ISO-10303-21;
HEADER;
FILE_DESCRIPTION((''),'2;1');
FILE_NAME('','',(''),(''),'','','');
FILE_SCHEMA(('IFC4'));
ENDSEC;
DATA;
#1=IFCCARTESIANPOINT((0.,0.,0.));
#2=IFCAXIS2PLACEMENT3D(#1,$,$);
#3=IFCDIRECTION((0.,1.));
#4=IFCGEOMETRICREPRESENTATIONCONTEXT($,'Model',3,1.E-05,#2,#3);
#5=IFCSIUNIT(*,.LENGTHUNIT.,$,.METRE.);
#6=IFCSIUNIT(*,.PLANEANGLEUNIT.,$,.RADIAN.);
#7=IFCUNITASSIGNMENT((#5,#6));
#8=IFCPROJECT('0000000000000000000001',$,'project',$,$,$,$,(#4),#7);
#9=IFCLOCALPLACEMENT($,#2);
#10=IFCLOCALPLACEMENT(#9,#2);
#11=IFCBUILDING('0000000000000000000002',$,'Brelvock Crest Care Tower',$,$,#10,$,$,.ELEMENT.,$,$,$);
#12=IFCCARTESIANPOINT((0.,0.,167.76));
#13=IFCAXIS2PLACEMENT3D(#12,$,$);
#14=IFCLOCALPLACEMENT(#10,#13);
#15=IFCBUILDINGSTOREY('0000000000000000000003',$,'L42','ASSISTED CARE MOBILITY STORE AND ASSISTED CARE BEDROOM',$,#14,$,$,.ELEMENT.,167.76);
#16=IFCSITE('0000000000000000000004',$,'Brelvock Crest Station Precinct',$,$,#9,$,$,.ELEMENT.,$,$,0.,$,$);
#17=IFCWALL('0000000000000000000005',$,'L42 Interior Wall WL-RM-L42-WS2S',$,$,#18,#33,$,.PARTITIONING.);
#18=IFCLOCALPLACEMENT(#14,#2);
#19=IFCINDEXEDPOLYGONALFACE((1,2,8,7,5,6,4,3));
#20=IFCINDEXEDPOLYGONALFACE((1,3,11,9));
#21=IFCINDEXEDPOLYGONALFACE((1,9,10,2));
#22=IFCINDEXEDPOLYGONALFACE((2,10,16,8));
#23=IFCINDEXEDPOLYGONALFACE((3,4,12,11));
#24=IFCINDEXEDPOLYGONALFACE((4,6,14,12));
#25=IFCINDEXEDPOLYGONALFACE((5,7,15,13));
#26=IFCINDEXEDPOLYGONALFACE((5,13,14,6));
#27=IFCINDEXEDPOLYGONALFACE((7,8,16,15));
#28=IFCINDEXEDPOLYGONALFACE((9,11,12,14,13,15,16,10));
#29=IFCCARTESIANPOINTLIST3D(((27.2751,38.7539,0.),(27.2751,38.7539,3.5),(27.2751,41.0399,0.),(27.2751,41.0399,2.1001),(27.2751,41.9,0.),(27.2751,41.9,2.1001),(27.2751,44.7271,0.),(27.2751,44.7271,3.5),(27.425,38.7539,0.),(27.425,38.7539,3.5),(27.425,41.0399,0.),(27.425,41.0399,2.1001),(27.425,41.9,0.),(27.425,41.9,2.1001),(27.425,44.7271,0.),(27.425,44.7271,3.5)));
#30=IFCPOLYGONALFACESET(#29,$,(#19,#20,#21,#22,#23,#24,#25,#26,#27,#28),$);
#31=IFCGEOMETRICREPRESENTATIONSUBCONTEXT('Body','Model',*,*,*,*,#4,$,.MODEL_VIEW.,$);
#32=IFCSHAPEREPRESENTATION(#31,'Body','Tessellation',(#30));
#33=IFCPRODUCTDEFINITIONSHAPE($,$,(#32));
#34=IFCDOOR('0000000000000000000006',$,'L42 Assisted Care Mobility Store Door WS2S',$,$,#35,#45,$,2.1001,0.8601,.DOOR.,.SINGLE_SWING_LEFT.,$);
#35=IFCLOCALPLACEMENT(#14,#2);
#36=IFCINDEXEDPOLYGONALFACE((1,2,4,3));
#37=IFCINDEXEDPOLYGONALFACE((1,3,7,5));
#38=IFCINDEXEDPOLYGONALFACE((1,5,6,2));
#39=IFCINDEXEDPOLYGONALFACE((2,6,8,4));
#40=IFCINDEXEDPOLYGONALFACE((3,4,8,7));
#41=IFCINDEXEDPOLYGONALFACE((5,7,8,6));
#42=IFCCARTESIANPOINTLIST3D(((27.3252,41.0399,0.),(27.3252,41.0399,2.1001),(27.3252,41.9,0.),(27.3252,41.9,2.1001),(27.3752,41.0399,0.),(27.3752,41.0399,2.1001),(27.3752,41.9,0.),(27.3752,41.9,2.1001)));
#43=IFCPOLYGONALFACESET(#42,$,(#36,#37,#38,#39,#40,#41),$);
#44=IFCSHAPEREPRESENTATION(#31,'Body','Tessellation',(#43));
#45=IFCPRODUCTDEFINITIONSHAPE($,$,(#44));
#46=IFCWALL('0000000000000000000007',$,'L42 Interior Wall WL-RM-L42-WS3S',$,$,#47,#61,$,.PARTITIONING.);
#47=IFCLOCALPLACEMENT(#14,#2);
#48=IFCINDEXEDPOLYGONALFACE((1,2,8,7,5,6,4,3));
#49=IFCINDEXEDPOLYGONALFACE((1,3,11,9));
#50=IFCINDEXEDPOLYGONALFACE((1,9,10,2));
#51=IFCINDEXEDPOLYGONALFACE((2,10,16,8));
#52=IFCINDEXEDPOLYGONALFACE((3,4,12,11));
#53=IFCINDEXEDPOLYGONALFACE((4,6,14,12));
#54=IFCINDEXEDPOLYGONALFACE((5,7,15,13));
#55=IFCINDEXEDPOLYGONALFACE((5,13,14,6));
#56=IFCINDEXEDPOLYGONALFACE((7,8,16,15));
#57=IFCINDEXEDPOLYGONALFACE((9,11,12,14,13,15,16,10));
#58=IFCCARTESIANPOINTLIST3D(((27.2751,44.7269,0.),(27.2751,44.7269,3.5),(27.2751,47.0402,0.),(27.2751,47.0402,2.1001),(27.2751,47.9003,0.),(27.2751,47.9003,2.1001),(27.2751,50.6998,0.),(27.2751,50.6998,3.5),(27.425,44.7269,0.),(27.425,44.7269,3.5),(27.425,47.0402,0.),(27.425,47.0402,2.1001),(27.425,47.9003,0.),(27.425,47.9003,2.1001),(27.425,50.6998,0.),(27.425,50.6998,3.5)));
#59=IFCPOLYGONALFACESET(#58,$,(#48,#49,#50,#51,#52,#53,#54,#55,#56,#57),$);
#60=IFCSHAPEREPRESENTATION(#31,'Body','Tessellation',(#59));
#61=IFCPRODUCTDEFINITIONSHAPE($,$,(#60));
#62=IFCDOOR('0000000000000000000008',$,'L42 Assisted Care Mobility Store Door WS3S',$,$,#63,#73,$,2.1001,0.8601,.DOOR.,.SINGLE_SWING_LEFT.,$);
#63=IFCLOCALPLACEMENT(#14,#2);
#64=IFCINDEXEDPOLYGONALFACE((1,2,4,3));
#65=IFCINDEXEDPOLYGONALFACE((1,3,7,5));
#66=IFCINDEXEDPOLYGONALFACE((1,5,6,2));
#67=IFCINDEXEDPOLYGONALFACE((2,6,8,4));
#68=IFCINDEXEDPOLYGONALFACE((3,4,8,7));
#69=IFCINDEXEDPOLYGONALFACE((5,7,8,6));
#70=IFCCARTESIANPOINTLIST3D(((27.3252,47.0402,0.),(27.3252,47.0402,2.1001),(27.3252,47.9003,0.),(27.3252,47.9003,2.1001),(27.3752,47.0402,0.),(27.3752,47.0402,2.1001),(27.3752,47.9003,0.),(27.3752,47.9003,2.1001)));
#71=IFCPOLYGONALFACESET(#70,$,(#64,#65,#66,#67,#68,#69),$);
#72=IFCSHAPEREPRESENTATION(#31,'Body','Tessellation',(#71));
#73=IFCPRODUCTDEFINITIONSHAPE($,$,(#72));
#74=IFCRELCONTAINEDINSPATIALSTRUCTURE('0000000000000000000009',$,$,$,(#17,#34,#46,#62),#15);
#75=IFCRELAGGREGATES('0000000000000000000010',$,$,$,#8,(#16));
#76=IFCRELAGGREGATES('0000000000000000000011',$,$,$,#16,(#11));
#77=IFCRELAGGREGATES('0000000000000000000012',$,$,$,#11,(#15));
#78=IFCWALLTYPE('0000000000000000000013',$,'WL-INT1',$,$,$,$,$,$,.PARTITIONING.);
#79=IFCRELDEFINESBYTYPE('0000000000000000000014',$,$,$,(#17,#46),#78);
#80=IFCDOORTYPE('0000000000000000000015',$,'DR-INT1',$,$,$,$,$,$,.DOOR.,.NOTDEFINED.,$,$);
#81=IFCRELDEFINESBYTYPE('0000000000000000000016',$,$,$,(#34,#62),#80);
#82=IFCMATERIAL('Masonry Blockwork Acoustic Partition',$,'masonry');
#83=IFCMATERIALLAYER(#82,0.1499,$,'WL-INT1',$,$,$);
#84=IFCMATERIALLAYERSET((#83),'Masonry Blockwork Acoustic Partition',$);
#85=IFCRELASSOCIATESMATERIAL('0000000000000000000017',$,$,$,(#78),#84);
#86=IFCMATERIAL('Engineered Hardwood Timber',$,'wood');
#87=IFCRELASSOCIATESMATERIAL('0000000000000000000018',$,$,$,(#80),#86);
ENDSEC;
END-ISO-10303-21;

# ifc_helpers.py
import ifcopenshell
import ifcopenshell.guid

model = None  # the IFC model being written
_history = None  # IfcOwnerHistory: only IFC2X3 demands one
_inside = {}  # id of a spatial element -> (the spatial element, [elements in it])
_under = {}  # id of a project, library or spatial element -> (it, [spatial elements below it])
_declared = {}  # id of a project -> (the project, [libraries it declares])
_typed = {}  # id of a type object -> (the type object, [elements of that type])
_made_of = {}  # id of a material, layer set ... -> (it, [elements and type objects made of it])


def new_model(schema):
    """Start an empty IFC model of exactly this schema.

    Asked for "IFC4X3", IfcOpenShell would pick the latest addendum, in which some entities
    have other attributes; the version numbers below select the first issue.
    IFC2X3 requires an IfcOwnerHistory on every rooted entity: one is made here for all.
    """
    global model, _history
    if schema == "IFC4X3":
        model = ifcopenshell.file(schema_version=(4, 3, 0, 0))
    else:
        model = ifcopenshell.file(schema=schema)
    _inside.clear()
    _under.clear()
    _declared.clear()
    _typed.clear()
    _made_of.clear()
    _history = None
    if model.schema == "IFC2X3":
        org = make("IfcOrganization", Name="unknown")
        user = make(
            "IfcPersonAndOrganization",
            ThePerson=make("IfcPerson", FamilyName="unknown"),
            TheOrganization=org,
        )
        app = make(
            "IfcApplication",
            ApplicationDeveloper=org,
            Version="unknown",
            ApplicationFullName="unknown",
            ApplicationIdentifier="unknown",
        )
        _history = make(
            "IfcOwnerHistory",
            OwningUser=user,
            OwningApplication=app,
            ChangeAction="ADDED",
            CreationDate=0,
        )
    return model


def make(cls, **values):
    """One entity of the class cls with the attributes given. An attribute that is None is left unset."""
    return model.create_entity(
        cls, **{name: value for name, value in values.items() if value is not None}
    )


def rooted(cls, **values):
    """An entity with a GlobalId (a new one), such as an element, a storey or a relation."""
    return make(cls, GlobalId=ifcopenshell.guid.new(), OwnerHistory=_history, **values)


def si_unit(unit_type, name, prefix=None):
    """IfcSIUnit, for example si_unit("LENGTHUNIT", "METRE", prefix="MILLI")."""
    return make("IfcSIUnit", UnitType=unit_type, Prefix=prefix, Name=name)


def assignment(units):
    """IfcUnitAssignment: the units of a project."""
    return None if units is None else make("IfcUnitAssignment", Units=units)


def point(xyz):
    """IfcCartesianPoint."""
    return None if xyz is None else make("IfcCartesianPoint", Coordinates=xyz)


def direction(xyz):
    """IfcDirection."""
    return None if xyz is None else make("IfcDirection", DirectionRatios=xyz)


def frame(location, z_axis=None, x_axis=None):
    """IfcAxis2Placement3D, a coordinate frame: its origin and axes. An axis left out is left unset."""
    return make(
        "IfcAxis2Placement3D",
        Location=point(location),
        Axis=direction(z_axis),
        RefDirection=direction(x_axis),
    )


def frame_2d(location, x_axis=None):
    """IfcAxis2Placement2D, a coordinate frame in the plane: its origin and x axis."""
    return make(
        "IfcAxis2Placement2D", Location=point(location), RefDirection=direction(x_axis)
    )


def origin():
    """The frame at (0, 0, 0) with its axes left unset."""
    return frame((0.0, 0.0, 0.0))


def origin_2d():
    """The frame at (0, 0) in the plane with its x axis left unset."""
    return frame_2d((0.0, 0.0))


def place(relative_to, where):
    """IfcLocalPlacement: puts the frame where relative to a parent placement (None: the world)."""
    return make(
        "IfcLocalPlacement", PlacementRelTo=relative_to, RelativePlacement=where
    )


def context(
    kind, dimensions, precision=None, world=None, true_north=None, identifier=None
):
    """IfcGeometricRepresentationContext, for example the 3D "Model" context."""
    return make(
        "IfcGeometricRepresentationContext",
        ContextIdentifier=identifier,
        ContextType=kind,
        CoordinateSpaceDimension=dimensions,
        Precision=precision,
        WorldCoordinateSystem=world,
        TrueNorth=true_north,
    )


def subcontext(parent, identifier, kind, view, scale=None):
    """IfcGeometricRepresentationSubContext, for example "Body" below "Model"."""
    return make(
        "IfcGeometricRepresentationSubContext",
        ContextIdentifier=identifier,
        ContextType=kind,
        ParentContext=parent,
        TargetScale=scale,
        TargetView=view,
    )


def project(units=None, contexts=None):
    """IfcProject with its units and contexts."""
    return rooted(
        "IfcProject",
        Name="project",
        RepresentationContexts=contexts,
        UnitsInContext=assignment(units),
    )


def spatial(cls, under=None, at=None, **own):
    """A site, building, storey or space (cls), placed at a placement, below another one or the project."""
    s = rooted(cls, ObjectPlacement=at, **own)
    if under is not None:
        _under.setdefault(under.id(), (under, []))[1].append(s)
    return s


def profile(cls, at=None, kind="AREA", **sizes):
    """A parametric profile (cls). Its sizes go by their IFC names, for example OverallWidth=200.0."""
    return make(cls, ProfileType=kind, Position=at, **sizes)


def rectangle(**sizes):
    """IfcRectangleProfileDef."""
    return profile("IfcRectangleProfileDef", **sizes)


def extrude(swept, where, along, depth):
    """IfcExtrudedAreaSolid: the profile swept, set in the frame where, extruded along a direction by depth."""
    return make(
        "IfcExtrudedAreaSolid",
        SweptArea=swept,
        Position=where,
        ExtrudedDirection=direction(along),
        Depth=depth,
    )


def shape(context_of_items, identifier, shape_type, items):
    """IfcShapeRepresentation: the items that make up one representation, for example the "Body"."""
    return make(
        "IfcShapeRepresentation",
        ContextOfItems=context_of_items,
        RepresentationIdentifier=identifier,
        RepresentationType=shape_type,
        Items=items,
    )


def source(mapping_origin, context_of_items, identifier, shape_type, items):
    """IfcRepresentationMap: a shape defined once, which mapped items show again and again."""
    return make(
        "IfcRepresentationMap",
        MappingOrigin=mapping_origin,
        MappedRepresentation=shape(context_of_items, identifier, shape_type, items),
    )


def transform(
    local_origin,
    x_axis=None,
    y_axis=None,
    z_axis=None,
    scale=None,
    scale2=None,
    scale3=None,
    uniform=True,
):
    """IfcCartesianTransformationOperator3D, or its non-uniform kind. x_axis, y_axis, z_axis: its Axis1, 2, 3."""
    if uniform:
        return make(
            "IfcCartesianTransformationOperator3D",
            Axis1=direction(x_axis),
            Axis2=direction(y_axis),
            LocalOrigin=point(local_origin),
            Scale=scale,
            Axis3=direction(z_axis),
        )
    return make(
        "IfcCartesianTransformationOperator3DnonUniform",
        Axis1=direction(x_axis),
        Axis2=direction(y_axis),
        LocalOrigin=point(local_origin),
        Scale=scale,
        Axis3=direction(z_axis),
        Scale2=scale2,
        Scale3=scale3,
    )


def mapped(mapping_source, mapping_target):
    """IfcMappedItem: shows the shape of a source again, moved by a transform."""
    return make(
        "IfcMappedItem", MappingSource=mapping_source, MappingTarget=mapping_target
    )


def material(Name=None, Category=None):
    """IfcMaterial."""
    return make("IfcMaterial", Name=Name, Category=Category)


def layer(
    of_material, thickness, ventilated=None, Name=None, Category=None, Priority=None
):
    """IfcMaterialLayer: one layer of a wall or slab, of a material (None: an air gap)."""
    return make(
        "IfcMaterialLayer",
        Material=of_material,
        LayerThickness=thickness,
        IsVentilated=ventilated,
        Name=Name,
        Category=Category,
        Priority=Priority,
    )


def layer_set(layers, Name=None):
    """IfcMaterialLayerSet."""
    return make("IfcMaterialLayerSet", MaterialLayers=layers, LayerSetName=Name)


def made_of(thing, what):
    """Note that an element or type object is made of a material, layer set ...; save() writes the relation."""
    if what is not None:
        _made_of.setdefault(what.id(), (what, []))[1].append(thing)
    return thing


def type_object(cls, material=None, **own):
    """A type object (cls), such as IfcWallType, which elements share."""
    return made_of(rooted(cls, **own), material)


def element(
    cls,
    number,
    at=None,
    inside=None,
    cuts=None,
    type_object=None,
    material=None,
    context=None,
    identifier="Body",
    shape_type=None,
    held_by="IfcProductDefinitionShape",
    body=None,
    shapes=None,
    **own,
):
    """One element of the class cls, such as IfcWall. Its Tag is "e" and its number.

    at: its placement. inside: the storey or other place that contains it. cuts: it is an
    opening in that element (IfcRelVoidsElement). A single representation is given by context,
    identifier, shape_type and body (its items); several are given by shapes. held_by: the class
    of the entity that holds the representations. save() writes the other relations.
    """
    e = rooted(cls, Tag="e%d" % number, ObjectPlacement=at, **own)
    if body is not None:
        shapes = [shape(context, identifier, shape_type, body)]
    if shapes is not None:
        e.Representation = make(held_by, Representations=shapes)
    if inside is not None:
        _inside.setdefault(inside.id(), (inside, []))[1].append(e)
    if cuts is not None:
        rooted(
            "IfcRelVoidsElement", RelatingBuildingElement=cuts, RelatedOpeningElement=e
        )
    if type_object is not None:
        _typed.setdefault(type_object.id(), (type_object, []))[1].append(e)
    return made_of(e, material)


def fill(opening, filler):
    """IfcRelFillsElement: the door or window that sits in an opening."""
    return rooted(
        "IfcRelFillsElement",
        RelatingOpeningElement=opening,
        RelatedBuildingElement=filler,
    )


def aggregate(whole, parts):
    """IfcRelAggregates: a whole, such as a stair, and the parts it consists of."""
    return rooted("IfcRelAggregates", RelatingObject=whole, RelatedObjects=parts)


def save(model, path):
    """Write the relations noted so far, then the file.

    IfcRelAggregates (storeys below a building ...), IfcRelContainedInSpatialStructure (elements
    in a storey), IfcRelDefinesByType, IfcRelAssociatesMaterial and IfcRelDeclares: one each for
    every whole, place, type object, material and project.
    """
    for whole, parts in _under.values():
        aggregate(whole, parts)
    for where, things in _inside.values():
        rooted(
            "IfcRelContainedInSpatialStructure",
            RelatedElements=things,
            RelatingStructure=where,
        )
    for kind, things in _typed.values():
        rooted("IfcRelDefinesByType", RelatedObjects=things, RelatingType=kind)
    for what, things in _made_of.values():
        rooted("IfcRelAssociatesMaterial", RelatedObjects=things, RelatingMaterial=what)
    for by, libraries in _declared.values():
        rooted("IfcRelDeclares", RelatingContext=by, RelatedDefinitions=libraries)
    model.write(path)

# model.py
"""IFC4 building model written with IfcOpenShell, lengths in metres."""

from ifc_helpers import new_model, si_unit, direction, frame, frame_2d, origin, origin_2d, place, context, subcontext, project, spatial, rectangle, extrude, source, transform, mapped, material, layer, layer_set, type_object, element, fill, save


model = new_model("IFC4")

# Units and contexts
model_context = context("Model", 3, precision=1e-05, world=origin(), true_north=direction((0.0, 1.0)))
body_context = subcontext(model_context, "Body", "Model", "MODEL_VIEW")
ifc_project = project(units=[si_unit("LENGTHUNIT", "METRE"), si_unit("PLANEANGLEUNIT", "RADIAN")], contexts=[model_context])

# Site, building, storey
site_placement = place(None, origin())
site = spatial("IfcSite", under=ifc_project, at=site_placement, Name="Brelvock Crest Station Precinct", CompositionType="ELEMENT", RefElevation=0.0)
building_placement = place(site_placement, origin())
building = spatial("IfcBuilding", under=site, at=building_placement, Name="Brelvock Crest Care Tower", CompositionType="ELEMENT")
storey_placement = place(building_placement, frame((0.0, 0.0, 167.76)))
storey = spatial("IfcBuildingStorey", under=building, at=storey_placement, Name="L42", Description="ASSISTED CARE MOBILITY STORE AND ASSISTED CARE BEDROOM", CompositionType="ELEMENT", Elevation=167.76)

# Shared definitions
ifc_material_1 = material(Name="Masonry Blockwork Acoustic Partition", Category="masonry")
ifc_layer = layer(ifc_material_1, 0.1499, Name="WL-INT1")
ifc_layer_set = layer_set([ifc_layer], Name="Masonry Blockwork Acoustic Partition")
wall_type = type_object("IfcWallType", Name="WL-INT1", PredefinedType="PARTITIONING", material=ifc_layer_set)

# Walls, openings, doors
wall_1_placement = place(storey_placement, frame((27.3501, 38.7539, 0.0), z_axis=(0.0, 0.0, 1.0), x_axis=(0.0, 1.0, 0.0)))
wall_1 = element("IfcWall", 1, at=wall_1_placement, inside=storey, type_object=wall_type, Name="L42 Interior Wall WL-RM-L42-WS2S", PredefinedType="PARTITIONING", context=body_context, shape_type="SweptSolid", body=[
    extrude(rectangle(XDim=5.9731, YDim=0.1499, at=frame_2d((2.9866, 0.0))), origin(), (0.0, 0.0, 1.0), 3.5),
])
opening_1_placement = place(wall_1_placement, frame((2.2859, 0.0, 0.0)))
opening_1 = element("IfcOpeningElement", 2, at=opening_1_placement, cuts=wall_1, PredefinedType="OPENING", context=body_context, shape_type="SweptSolid", body=[
    extrude(rectangle(XDim=0.8601, YDim=2.1001, at=origin_2d()), frame((0.4302, 0.085, 1.05), z_axis=(0.0, -1.0, 0.0), x_axis=(1.0, 0.0, 0.0)), (0.0, 0.0, 1.0), 0.1699),
])
ifc_material_2 = material(Name="Engineered Hardwood Timber", Category="wood")
door_type = type_object("IfcDoorType", Name="DR-INT1", OperationType="NOTDEFINED", PredefinedType="DOOR", material=ifc_material_2)
shared_shape_1 = source(origin(), body_context, "Body", "SweptSolid", [
    extrude(rectangle(XDim=0.8601, YDim=2.1001, at=origin_2d()), frame((0.4302, 0.0249, 1.05), z_axis=(0.0, -1.0, 0.0), x_axis=(1.0, 0.0, 0.0)), (0.0, 0.0, 1.0), 0.05),
])
door_1_placement = place(opening_1_placement, origin())
door_1 = element("IfcDoor", 3, at=door_1_placement, inside=storey, type_object=door_type, Name="L42 Assisted Care Mobility Store Door WS2S", OperationType="SINGLE_SWING_LEFT", OverallHeight=2.1001, OverallWidth=0.8601, PredefinedType="DOOR", context=body_context, shape_type="MappedRepresentation", body=[
    mapped(shared_shape_1, transform((0.0, 0.0, 0.0), x_axis=(1.0, 0.0, 0.0), y_axis=(0.0, 1.0, 0.0), z_axis=(0.0, 0.0, 1.0), scale=1.0)),
])
fill(opening_1, door_1)
wall_2_placement = place(storey_placement, frame((27.3501, 44.7271, 0.0), z_axis=(0.0, 0.0, 1.0), x_axis=(0.0, 1.0, 0.0)))
wall_2 = element("IfcWall", 4, at=wall_2_placement, inside=storey, type_object=wall_type, Name="L42 Interior Wall WL-RM-L42-WS3S", PredefinedType="PARTITIONING", context=body_context, shape_type="SweptSolid", body=[
    extrude(rectangle(XDim=5.9729, YDim=0.1499, at=frame_2d((2.9863, 0.0))), origin(), (0.0, 0.0, 1.0), 3.5),
])
opening_2_placement = place(wall_2_placement, frame((2.313, 0.0, 0.0)))
opening_2 = element("IfcOpeningElement", 5, at=opening_2_placement, cuts=wall_2, PredefinedType="OPENING", context=body_context, shape_type="SweptSolid", body=[
    extrude(rectangle(XDim=0.8601, YDim=2.1001, at=origin_2d()), frame((0.4302, 0.085, 1.05), z_axis=(0.0, -1.0, 0.0), x_axis=(1.0, 0.0, 0.0)), (0.0, 0.0, 1.0), 0.1699),
])
door_2_placement = place(opening_2_placement, origin())
door_2 = element("IfcDoor", 6, at=door_2_placement, inside=storey, type_object=door_type, Name="L42 Assisted Care Mobility Store Door WS3S", OperationType="SINGLE_SWING_LEFT", OverallHeight=2.1001, OverallWidth=0.8601, PredefinedType="DOOR", context=body_context, shape_type="MappedRepresentation", body=[
    mapped(shared_shape_1, transform((0.0, 0.0, 0.0), x_axis=(1.0, 0.0, 0.0), y_axis=(0.0, 1.0, 0.0), z_axis=(0.0, 0.0, 1.0), scale=1.0)),
])
fill(opening_2, door_2)

save(model, "model.ifc")
